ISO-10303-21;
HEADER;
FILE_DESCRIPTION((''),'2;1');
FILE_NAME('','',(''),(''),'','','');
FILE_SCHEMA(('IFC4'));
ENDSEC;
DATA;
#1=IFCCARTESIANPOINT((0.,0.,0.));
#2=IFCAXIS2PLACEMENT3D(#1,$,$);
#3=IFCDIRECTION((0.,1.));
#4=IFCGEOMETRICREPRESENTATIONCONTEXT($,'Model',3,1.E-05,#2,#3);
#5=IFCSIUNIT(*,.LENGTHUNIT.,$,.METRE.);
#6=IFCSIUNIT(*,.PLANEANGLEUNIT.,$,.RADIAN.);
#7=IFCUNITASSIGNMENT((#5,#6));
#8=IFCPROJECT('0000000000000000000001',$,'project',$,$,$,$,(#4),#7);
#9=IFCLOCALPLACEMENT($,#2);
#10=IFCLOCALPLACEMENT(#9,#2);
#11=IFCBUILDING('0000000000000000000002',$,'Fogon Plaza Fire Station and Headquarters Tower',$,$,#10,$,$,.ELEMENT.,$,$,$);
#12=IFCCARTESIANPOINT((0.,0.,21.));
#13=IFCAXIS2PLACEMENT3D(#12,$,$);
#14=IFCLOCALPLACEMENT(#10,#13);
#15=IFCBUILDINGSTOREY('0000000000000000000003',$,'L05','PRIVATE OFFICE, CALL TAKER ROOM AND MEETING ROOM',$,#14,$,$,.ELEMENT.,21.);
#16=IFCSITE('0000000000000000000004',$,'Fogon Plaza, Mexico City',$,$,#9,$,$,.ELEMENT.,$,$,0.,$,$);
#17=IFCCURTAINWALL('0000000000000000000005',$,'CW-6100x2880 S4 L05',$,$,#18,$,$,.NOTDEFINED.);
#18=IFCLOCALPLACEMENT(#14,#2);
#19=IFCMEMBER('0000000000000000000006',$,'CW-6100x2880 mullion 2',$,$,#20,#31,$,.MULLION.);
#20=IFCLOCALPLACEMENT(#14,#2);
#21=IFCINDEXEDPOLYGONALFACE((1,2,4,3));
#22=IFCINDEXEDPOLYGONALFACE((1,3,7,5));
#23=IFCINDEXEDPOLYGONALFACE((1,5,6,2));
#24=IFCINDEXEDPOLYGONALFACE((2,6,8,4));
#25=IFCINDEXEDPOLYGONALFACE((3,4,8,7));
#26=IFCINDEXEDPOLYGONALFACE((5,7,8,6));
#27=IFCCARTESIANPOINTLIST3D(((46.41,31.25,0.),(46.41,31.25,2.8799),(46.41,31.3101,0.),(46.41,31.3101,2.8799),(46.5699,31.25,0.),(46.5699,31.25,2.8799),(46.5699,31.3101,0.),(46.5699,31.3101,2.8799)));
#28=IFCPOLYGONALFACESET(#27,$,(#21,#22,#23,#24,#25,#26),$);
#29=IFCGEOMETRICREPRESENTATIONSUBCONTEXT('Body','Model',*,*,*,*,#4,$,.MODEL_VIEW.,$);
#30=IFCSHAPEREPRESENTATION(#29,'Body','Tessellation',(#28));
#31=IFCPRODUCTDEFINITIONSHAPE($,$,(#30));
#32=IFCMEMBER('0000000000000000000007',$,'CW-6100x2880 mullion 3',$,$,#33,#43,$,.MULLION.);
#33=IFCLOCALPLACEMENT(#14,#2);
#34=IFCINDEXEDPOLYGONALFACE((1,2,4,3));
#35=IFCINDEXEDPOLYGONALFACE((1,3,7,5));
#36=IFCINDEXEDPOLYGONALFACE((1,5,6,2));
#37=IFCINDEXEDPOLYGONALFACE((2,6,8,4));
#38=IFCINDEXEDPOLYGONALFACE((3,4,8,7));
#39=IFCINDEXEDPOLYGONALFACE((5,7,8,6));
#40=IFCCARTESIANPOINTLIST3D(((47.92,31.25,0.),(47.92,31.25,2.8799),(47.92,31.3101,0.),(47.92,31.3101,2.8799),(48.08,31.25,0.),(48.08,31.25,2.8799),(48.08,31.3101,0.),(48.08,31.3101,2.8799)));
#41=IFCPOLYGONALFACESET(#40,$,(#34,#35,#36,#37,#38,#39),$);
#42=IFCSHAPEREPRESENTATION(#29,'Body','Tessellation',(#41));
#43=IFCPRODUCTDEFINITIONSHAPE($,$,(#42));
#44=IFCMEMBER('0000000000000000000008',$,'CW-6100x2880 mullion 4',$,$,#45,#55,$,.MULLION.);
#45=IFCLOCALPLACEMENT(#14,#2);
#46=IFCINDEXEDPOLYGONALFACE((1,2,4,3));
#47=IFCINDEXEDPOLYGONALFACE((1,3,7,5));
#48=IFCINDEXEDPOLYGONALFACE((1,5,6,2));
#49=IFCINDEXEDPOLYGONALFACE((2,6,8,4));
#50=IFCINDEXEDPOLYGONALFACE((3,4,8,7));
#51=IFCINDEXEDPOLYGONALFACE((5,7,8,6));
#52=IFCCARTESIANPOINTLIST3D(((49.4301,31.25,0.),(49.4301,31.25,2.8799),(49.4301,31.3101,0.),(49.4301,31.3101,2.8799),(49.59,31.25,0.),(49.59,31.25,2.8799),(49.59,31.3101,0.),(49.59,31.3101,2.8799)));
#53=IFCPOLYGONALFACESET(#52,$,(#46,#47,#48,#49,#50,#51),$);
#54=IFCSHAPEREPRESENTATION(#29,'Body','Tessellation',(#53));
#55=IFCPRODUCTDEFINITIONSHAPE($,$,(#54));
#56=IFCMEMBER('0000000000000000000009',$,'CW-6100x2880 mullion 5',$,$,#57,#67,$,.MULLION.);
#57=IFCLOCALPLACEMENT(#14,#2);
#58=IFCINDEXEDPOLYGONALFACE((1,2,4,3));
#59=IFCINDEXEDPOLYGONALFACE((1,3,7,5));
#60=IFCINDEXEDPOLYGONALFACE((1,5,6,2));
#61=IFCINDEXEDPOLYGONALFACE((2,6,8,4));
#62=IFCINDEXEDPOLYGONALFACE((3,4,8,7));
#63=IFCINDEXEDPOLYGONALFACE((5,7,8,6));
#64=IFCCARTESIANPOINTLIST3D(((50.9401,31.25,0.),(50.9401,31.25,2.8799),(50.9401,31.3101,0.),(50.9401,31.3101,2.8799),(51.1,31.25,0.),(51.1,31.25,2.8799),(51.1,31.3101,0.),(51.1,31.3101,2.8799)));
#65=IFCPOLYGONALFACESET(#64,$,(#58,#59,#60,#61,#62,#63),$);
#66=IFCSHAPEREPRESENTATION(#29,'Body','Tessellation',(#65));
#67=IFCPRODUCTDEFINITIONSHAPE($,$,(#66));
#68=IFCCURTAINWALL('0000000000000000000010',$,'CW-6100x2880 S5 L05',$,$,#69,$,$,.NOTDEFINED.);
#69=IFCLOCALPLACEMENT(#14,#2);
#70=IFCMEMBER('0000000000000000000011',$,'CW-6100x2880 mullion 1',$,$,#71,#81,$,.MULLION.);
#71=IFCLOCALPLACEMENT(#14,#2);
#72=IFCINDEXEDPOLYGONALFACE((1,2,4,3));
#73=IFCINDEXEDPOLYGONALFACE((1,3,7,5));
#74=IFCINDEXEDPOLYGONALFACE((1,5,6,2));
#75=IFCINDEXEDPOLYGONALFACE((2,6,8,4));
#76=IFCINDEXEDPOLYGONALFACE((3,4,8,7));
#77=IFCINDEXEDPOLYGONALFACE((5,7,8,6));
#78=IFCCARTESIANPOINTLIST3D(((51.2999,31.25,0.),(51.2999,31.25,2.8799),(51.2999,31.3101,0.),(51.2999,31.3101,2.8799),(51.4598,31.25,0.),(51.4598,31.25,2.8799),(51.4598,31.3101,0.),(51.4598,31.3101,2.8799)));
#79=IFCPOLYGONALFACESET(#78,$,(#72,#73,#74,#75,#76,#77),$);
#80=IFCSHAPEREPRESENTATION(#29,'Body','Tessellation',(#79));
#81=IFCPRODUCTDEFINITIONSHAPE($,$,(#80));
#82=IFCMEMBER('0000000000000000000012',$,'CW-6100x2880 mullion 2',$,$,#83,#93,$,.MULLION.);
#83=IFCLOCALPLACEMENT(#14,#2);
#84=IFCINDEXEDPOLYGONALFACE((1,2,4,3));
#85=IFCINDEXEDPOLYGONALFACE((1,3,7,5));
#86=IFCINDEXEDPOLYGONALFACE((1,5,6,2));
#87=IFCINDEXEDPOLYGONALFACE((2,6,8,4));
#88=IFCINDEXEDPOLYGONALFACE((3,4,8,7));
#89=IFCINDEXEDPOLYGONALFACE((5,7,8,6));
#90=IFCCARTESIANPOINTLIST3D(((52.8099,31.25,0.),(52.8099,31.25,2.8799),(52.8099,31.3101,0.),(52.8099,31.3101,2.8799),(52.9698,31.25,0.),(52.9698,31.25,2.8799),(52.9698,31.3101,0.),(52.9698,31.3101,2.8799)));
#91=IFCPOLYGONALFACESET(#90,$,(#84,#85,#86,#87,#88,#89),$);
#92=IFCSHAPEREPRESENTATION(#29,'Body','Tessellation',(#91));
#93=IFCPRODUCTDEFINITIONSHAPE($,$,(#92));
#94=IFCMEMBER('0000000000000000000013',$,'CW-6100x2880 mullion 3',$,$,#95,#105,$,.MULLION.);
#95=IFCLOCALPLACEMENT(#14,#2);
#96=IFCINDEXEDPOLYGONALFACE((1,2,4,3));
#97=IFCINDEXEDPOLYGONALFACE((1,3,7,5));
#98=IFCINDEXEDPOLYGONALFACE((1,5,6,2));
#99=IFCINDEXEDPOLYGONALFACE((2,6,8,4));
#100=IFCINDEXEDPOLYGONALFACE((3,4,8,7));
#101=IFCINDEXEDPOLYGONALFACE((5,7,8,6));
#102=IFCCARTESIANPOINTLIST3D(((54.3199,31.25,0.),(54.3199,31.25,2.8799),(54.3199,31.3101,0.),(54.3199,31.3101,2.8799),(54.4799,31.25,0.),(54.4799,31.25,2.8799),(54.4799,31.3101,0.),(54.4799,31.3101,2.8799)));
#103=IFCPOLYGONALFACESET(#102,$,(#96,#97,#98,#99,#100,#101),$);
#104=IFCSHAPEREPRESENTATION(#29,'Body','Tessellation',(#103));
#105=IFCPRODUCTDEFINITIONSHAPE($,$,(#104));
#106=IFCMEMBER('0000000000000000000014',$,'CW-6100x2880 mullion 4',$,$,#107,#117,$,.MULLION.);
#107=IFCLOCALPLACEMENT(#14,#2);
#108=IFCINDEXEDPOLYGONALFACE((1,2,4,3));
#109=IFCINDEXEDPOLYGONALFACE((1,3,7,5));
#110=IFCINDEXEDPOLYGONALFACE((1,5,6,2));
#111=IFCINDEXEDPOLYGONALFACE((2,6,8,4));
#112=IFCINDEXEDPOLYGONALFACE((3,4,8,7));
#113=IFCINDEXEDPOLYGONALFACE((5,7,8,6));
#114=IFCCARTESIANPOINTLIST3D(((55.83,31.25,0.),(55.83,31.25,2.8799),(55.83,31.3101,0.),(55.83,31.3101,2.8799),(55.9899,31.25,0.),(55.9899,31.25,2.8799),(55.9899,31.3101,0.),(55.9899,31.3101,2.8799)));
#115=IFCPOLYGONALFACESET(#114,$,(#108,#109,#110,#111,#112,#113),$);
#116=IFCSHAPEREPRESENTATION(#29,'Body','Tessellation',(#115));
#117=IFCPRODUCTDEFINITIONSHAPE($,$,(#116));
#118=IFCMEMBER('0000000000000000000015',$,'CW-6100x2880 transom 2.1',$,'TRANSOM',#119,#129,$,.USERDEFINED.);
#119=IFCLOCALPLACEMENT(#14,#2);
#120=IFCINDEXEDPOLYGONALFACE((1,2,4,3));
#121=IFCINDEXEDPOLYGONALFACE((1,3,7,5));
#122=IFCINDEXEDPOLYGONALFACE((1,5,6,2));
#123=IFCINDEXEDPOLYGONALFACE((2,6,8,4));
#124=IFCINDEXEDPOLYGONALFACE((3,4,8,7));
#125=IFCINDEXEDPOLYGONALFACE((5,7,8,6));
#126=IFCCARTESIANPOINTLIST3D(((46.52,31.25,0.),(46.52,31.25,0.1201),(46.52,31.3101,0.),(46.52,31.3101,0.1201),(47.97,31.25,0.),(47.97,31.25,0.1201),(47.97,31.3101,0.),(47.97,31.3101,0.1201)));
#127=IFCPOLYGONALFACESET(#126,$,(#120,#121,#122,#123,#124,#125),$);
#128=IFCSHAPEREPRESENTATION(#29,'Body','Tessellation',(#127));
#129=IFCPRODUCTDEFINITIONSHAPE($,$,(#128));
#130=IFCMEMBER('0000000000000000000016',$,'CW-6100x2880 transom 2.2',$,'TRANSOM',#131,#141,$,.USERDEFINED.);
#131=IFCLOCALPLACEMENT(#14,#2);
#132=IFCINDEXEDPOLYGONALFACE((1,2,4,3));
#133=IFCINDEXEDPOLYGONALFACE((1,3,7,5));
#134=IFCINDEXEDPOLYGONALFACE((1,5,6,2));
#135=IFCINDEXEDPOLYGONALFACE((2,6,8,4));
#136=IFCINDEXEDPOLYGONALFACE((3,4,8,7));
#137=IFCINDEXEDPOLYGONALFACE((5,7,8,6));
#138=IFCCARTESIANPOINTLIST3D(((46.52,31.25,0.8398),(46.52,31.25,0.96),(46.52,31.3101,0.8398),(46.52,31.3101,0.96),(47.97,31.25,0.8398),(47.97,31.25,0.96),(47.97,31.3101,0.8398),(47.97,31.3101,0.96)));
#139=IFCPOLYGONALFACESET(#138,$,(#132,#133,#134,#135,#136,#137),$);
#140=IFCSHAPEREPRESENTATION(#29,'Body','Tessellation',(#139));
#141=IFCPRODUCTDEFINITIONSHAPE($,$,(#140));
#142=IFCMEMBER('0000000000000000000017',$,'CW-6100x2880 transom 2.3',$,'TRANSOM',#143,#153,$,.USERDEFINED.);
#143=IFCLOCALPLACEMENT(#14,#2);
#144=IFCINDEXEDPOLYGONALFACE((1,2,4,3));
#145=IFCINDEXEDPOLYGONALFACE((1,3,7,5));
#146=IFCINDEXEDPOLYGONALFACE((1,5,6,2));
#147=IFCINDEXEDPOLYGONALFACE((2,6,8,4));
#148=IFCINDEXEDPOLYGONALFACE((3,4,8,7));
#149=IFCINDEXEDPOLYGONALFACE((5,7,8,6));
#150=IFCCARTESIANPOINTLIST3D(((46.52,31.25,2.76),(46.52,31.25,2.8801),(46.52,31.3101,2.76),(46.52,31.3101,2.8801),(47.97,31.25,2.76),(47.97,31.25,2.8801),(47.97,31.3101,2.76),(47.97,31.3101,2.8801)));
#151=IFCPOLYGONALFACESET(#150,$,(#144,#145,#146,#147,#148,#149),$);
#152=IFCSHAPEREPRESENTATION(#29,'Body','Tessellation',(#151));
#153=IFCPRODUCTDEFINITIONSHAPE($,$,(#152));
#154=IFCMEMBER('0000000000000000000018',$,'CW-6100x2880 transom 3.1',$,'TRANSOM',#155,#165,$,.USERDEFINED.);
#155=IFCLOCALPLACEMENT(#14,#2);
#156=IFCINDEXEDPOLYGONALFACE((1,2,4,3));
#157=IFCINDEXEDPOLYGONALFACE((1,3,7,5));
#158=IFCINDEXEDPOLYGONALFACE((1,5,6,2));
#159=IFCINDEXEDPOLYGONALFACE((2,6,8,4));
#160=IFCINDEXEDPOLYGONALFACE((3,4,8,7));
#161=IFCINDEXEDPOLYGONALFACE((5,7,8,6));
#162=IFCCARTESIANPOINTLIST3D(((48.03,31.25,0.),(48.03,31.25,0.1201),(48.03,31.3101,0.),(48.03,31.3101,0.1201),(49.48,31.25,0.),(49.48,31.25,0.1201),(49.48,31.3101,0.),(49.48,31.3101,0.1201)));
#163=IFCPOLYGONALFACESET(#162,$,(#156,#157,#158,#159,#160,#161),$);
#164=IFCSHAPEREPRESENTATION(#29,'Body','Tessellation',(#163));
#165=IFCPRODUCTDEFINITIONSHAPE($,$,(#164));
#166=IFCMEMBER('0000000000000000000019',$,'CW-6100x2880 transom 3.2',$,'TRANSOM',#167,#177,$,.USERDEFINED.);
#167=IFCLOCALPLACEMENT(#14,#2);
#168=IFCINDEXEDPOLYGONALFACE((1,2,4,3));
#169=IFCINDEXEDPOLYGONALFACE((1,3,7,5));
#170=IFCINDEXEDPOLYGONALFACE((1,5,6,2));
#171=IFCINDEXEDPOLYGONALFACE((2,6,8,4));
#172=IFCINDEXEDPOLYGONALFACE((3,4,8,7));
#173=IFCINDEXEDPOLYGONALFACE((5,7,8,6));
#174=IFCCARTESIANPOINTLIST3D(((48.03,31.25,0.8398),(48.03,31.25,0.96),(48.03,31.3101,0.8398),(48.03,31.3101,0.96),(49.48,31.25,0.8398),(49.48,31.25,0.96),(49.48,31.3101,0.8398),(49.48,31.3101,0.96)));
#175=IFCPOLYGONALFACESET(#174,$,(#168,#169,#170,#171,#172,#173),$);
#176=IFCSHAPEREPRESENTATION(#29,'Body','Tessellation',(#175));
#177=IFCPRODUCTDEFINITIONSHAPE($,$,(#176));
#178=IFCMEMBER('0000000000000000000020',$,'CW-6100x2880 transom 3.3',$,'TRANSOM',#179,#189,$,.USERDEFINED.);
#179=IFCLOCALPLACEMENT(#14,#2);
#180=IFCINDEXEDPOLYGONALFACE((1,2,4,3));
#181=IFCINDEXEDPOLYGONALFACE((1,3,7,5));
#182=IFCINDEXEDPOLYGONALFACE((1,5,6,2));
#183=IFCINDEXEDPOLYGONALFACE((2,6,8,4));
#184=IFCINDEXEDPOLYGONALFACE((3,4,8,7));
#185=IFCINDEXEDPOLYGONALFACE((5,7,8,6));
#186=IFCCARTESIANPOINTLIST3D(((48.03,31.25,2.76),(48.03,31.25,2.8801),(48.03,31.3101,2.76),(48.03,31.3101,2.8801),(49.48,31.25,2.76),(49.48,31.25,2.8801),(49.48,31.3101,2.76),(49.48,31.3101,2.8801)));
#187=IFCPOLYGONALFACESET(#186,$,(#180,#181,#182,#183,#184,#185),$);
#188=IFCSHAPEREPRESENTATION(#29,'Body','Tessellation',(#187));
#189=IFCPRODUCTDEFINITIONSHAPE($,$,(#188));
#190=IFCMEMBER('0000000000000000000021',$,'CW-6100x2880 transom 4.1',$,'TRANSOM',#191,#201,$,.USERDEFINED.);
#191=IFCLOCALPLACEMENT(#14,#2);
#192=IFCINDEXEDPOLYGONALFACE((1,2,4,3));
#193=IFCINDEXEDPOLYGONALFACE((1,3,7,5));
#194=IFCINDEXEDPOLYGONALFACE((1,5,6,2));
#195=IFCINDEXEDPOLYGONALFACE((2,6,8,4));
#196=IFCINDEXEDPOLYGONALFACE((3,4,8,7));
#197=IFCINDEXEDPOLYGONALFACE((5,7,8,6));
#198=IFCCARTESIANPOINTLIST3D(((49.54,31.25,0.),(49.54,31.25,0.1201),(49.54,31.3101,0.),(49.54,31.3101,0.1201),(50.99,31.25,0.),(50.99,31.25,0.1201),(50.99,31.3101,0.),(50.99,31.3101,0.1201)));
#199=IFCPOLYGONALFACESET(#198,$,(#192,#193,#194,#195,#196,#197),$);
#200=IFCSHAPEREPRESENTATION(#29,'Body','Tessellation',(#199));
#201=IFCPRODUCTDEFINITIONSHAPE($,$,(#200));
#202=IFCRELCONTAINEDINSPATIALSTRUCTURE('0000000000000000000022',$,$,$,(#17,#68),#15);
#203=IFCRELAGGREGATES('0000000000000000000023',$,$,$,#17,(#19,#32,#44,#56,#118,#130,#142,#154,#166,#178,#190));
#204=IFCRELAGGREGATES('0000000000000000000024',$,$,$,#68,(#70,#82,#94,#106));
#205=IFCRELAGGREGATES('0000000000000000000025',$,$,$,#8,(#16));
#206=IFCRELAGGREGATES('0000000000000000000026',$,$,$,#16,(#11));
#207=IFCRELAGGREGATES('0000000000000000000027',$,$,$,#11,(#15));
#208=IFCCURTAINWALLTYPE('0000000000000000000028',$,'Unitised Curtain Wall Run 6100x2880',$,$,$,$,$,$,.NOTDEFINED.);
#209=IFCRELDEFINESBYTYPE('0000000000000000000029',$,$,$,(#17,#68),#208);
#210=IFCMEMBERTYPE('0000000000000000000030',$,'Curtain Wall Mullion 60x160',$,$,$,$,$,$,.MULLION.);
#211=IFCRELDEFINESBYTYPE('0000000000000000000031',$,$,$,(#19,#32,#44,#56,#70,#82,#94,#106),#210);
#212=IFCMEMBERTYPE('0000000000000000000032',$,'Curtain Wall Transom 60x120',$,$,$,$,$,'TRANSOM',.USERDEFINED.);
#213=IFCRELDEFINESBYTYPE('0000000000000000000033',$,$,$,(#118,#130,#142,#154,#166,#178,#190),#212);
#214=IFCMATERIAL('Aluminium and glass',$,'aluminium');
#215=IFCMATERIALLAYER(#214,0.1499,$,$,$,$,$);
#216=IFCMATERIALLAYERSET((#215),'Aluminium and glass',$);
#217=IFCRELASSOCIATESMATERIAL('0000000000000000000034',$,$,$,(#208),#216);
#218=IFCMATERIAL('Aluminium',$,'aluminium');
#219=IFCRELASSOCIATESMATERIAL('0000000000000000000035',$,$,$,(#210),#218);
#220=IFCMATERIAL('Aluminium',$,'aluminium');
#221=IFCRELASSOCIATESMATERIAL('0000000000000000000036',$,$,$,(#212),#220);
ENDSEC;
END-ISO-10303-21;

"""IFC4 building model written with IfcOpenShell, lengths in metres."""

from ifc_helpers import new_model, si_unit, direction, frame, origin, origin_2d, place, context, subcontext, project, spatial, rectangle, extrude, material, layer, layer_set, material_profile, profile_set, type_object, element, aggregate, save


model = new_model("IFC4")

# Units and contexts
model_context = context("Model", 3, precision=1e-05, world=origin(), true_north=direction((0.0, 1.0)))
body_context = subcontext(model_context, "Body", "Model", "MODEL_VIEW")
ifc_project = project(units=[si_unit("LENGTHUNIT", "METRE"), si_unit("PLANEANGLEUNIT", "RADIAN")], contexts=[model_context])

# Site, building, storey
site_placement = place(None, origin())
site = spatial("IfcSite", under=ifc_project, at=site_placement, Name="Fogon Plaza, Mexico City", CompositionType="ELEMENT", RefElevation=0.0)
building_placement = place(site_placement, origin())
building = spatial("IfcBuilding", under=site, at=building_placement, Name="Fogon Plaza Fire Station and Headquarters Tower", CompositionType="ELEMENT")
storey_placement = place(building_placement, frame((0.0, 0.0, 21.0)))
storey = spatial("IfcBuildingStorey", under=building, at=storey_placement, Name="L05", Description="PRIVATE OFFICE, CALL TAKER ROOM AND MEETING ROOM", CompositionType="ELEMENT", Elevation=21.0)

# Curtain walls, members
ifc_material_1 = material(Name="Aluminium and glass", Category="aluminium")
ifc_layer_1 = layer(ifc_material_1, 0.1499)
ifc_layer_set_1 = layer_set([ifc_layer_1], Name="Aluminium and glass")
curtain_wall_type = type_object("IfcCurtainWallType", Name="Unitised Curtain Wall Run 6100x2880", PredefinedType="NOTDEFINED", material=ifc_layer_set_1)
curtain_wall_1_placement = place(storey_placement, origin())
curtain_wall_1 = element("IfcCurtainWall", 1, at=curtain_wall_1_placement, inside=storey, type_object=curtain_wall_type, Name="CW-6100x2880 S4 L05", PredefinedType="NOTDEFINED")
ifc_material_2 = material(Name="Aluminium", Category="aluminium")
ifc_material_profile_1 = material_profile(ifc_material_2, rectangle(XDim=0.0601, YDim=0.1599, at=origin_2d()), Name="Curtain Wall Mullion 60x160")
ifc_profile_set_1 = profile_set([ifc_material_profile_1], Name="Aluminium")
member_type_1 = type_object("IfcMemberType", Name="Curtain Wall Mullion 60x160", PredefinedType="MULLION", material=ifc_profile_set_1)
member_1_placement = place(storey_placement, frame((46.49, 31.28, 0.0), z_axis=(0.0, 0.0, 1.0), x_axis=(0.0, 1.0, 0.0)))
member_1 = element("IfcMember", 2, at=member_1_placement, type_object=member_type_1, Name="CW-6100x2880 mullion 2", PredefinedType="MULLION", context=body_context, shape_type="SweptSolid", body=[
    extrude(rectangle(XDim=0.0601, YDim=0.1599, at=origin_2d()), origin(), (0.0, 0.0, 1.0), 2.8799),
])
member_2_placement = place(storey_placement, frame((48.0, 31.28, 0.0), z_axis=(0.0, 0.0, 1.0), x_axis=(0.0, 1.0, 0.0)))
member_2 = element("IfcMember", 3, at=member_2_placement, type_object=member_type_1, Name="CW-6100x2880 mullion 3", PredefinedType="MULLION", context=body_context, shape_type="SweptSolid", body=[
    extrude(rectangle(XDim=0.0601, YDim=0.1599, at=origin_2d()), origin(), (0.0, 0.0, 1.0), 2.8799),
])
member_3_placement = place(storey_placement, frame((49.51, 31.28, 0.0), z_axis=(0.0, 0.0, 1.0), x_axis=(0.0, 1.0, 0.0)))
member_3 = element("IfcMember", 4, at=member_3_placement, type_object=member_type_1, Name="CW-6100x2880 mullion 4", PredefinedType="MULLION", context=body_context, shape_type="SweptSolid", body=[
    extrude(rectangle(XDim=0.0601, YDim=0.1599, at=origin_2d()), origin(), (0.0, 0.0, 1.0), 2.8799),
])
member_4_placement = place(storey_placement, frame((51.02, 31.28, 0.0), z_axis=(0.0, 0.0, 1.0), x_axis=(0.0, 1.0, 0.0)))
member_4 = element("IfcMember", 5, at=member_4_placement, type_object=member_type_1, Name="CW-6100x2880 mullion 5", PredefinedType="MULLION", context=body_context, shape_type="SweptSolid", body=[
    extrude(rectangle(XDim=0.0601, YDim=0.1599, at=origin_2d()), origin(), (0.0, 0.0, 1.0), 2.8799),
])
curtain_wall_2_placement = place(storey_placement, origin())
curtain_wall_2 = element("IfcCurtainWall", 6, at=curtain_wall_2_placement, inside=storey, type_object=curtain_wall_type, Name="CW-6100x2880 S5 L05", PredefinedType="NOTDEFINED")
member_5_placement = place(storey_placement, frame((51.3799, 31.28, 0.0), z_axis=(0.0, 0.0, 1.0), x_axis=(0.0, 1.0, 0.0)))
member_5 = element("IfcMember", 7, at=member_5_placement, type_object=member_type_1, Name="CW-6100x2880 mullion 1", PredefinedType="MULLION", context=body_context, shape_type="SweptSolid", body=[
    extrude(rectangle(XDim=0.0601, YDim=0.1599, at=origin_2d()), origin(), (0.0, 0.0, 1.0), 2.8799),
])
member_6_placement = place(storey_placement, frame((52.8899, 31.28, 0.0), z_axis=(0.0, 0.0, 1.0), x_axis=(0.0, 1.0, 0.0)))
member_6 = element("IfcMember", 8, at=member_6_placement, type_object=member_type_1, Name="CW-6100x2880 mullion 2", PredefinedType="MULLION", context=body_context, shape_type="SweptSolid", body=[
    extrude(rectangle(XDim=0.0601, YDim=0.1599, at=origin_2d()), origin(), (0.0, 0.0, 1.0), 2.8799),
])
member_7_placement = place(storey_placement, frame((54.3999, 31.28, 0.0), z_axis=(0.0, 0.0, 1.0), x_axis=(0.0, 1.0, 0.0)))
member_7 = element("IfcMember", 9, at=member_7_placement, type_object=member_type_1, Name="CW-6100x2880 mullion 3", PredefinedType="MULLION", context=body_context, shape_type="SweptSolid", body=[
    extrude(rectangle(XDim=0.0601, YDim=0.1599, at=origin_2d()), origin(), (0.0, 0.0, 1.0), 2.8799),
])
member_8_placement = place(storey_placement, frame((55.9099, 31.28, 0.0), z_axis=(0.0, 0.0, 1.0), x_axis=(0.0, 1.0, 0.0)))
member_8 = element("IfcMember", 10, at=member_8_placement, type_object=member_type_1, Name="CW-6100x2880 mullion 4", PredefinedType="MULLION", context=body_context, shape_type="SweptSolid", body=[
    extrude(rectangle(XDim=0.0601, YDim=0.1599, at=origin_2d()), origin(), (0.0, 0.0, 1.0), 2.8799),
])

# Members
ifc_material_3 = material(Name="Aluminium", Category="aluminium")
ifc_material_profile_2 = material_profile(ifc_material_3, rectangle(XDim=0.0601, YDim=0.1201, at=origin_2d()), Name="Curtain Wall Transom 60x120")
ifc_profile_set_2 = profile_set([ifc_material_profile_2], Name="Aluminium")
member_type_2 = type_object("IfcMemberType", Name="Curtain Wall Transom 60x120", ElementType="TRANSOM", PredefinedType="USERDEFINED", material=ifc_profile_set_2)
member_9_placement = place(storey_placement, frame((46.52, 31.28, 0.0601), z_axis=(1.0, 0.0, 0.0), x_axis=(0.0, 1.0, 0.0)))
member_9 = element("IfcMember", 11, at=member_9_placement, type_object=member_type_2, Name="CW-6100x2880 transom 2.1", ObjectType="TRANSOM", PredefinedType="USERDEFINED", context=body_context, shape_type="SweptSolid", body=[
    extrude(rectangle(XDim=0.0601, YDim=0.1201, at=origin_2d()), origin(), (0.0, 0.0, 1.0), 1.45),
])
member_10_placement = place(storey_placement, frame((46.52, 31.28, 0.8999), z_axis=(1.0, 0.0, 0.0), x_axis=(0.0, 1.0, 0.0)))
member_10 = element("IfcMember", 12, at=member_10_placement, type_object=member_type_2, Name="CW-6100x2880 transom 2.2", ObjectType="TRANSOM", PredefinedType="USERDEFINED", context=body_context, shape_type="SweptSolid", body=[
    extrude(rectangle(XDim=0.0601, YDim=0.1201, at=origin_2d()), origin(), (0.0, 0.0, 1.0), 1.45),
])
member_11_placement = place(storey_placement, frame((46.52, 31.28, 2.8201), z_axis=(1.0, 0.0, 0.0), x_axis=(0.0, 1.0, 0.0)))
member_11 = element("IfcMember", 13, at=member_11_placement, type_object=member_type_2, Name="CW-6100x2880 transom 2.3", ObjectType="TRANSOM", PredefinedType="USERDEFINED", context=body_context, shape_type="SweptSolid", body=[
    extrude(rectangle(XDim=0.0601, YDim=0.1201, at=origin_2d()), origin(), (0.0, 0.0, 1.0), 1.45),
])
member_12_placement = place(storey_placement, frame((48.03, 31.28, 0.0601), z_axis=(1.0, 0.0, 0.0), x_axis=(0.0, 1.0, 0.0)))
member_12 = element("IfcMember", 14, at=member_12_placement, type_object=member_type_2, Name="CW-6100x2880 transom 3.1", ObjectType="TRANSOM", PredefinedType="USERDEFINED", context=body_context, shape_type="SweptSolid", body=[
    extrude(rectangle(XDim=0.0601, YDim=0.1201, at=origin_2d()), origin(), (0.0, 0.0, 1.0), 1.45),
])
member_13_placement = place(storey_placement, frame((48.03, 31.28, 0.8999), z_axis=(1.0, 0.0, 0.0), x_axis=(0.0, 1.0, 0.0)))
member_13 = element("IfcMember", 15, at=member_13_placement, type_object=member_type_2, Name="CW-6100x2880 transom 3.2", ObjectType="TRANSOM", PredefinedType="USERDEFINED", context=body_context, shape_type="SweptSolid", body=[
    extrude(rectangle(XDim=0.0601, YDim=0.1201, at=origin_2d()), origin(), (0.0, 0.0, 1.0), 1.45),
])
member_14_placement = place(storey_placement, frame((48.03, 31.28, 2.8201), z_axis=(1.0, 0.0, 0.0), x_axis=(0.0, 1.0, 0.0)))
member_14 = element("IfcMember", 16, at=member_14_placement, type_object=member_type_2, Name="CW-6100x2880 transom 3.3", ObjectType="TRANSOM", PredefinedType="USERDEFINED", context=body_context, shape_type="SweptSolid", body=[
    extrude(rectangle(XDim=0.0601, YDim=0.1201, at=origin_2d()), origin(), (0.0, 0.0, 1.0), 1.45),
])
member_15_placement = place(storey_placement, frame((49.54, 31.28, 0.0601), z_axis=(1.0, 0.0, 0.0), x_axis=(0.0, 1.0, 0.0)))
member_15 = element("IfcMember", 17, at=member_15_placement, type_object=member_type_2, Name="CW-6100x2880 transom 4.1", ObjectType="TRANSOM", PredefinedType="USERDEFINED", context=body_context, shape_type="SweptSolid", body=[
    extrude(rectangle(XDim=0.0601, YDim=0.1201, at=origin_2d()), origin(), (0.0, 0.0, 1.0), 1.45),
])

aggregate(curtain_wall_1, [member_1, member_2, member_3, member_4, member_9, member_10, member_11, member_12, member_13, member_14, member_15])
aggregate(curtain_wall_2, [member_5, member_6, member_7, member_8])

save(model, "model.ifc")
